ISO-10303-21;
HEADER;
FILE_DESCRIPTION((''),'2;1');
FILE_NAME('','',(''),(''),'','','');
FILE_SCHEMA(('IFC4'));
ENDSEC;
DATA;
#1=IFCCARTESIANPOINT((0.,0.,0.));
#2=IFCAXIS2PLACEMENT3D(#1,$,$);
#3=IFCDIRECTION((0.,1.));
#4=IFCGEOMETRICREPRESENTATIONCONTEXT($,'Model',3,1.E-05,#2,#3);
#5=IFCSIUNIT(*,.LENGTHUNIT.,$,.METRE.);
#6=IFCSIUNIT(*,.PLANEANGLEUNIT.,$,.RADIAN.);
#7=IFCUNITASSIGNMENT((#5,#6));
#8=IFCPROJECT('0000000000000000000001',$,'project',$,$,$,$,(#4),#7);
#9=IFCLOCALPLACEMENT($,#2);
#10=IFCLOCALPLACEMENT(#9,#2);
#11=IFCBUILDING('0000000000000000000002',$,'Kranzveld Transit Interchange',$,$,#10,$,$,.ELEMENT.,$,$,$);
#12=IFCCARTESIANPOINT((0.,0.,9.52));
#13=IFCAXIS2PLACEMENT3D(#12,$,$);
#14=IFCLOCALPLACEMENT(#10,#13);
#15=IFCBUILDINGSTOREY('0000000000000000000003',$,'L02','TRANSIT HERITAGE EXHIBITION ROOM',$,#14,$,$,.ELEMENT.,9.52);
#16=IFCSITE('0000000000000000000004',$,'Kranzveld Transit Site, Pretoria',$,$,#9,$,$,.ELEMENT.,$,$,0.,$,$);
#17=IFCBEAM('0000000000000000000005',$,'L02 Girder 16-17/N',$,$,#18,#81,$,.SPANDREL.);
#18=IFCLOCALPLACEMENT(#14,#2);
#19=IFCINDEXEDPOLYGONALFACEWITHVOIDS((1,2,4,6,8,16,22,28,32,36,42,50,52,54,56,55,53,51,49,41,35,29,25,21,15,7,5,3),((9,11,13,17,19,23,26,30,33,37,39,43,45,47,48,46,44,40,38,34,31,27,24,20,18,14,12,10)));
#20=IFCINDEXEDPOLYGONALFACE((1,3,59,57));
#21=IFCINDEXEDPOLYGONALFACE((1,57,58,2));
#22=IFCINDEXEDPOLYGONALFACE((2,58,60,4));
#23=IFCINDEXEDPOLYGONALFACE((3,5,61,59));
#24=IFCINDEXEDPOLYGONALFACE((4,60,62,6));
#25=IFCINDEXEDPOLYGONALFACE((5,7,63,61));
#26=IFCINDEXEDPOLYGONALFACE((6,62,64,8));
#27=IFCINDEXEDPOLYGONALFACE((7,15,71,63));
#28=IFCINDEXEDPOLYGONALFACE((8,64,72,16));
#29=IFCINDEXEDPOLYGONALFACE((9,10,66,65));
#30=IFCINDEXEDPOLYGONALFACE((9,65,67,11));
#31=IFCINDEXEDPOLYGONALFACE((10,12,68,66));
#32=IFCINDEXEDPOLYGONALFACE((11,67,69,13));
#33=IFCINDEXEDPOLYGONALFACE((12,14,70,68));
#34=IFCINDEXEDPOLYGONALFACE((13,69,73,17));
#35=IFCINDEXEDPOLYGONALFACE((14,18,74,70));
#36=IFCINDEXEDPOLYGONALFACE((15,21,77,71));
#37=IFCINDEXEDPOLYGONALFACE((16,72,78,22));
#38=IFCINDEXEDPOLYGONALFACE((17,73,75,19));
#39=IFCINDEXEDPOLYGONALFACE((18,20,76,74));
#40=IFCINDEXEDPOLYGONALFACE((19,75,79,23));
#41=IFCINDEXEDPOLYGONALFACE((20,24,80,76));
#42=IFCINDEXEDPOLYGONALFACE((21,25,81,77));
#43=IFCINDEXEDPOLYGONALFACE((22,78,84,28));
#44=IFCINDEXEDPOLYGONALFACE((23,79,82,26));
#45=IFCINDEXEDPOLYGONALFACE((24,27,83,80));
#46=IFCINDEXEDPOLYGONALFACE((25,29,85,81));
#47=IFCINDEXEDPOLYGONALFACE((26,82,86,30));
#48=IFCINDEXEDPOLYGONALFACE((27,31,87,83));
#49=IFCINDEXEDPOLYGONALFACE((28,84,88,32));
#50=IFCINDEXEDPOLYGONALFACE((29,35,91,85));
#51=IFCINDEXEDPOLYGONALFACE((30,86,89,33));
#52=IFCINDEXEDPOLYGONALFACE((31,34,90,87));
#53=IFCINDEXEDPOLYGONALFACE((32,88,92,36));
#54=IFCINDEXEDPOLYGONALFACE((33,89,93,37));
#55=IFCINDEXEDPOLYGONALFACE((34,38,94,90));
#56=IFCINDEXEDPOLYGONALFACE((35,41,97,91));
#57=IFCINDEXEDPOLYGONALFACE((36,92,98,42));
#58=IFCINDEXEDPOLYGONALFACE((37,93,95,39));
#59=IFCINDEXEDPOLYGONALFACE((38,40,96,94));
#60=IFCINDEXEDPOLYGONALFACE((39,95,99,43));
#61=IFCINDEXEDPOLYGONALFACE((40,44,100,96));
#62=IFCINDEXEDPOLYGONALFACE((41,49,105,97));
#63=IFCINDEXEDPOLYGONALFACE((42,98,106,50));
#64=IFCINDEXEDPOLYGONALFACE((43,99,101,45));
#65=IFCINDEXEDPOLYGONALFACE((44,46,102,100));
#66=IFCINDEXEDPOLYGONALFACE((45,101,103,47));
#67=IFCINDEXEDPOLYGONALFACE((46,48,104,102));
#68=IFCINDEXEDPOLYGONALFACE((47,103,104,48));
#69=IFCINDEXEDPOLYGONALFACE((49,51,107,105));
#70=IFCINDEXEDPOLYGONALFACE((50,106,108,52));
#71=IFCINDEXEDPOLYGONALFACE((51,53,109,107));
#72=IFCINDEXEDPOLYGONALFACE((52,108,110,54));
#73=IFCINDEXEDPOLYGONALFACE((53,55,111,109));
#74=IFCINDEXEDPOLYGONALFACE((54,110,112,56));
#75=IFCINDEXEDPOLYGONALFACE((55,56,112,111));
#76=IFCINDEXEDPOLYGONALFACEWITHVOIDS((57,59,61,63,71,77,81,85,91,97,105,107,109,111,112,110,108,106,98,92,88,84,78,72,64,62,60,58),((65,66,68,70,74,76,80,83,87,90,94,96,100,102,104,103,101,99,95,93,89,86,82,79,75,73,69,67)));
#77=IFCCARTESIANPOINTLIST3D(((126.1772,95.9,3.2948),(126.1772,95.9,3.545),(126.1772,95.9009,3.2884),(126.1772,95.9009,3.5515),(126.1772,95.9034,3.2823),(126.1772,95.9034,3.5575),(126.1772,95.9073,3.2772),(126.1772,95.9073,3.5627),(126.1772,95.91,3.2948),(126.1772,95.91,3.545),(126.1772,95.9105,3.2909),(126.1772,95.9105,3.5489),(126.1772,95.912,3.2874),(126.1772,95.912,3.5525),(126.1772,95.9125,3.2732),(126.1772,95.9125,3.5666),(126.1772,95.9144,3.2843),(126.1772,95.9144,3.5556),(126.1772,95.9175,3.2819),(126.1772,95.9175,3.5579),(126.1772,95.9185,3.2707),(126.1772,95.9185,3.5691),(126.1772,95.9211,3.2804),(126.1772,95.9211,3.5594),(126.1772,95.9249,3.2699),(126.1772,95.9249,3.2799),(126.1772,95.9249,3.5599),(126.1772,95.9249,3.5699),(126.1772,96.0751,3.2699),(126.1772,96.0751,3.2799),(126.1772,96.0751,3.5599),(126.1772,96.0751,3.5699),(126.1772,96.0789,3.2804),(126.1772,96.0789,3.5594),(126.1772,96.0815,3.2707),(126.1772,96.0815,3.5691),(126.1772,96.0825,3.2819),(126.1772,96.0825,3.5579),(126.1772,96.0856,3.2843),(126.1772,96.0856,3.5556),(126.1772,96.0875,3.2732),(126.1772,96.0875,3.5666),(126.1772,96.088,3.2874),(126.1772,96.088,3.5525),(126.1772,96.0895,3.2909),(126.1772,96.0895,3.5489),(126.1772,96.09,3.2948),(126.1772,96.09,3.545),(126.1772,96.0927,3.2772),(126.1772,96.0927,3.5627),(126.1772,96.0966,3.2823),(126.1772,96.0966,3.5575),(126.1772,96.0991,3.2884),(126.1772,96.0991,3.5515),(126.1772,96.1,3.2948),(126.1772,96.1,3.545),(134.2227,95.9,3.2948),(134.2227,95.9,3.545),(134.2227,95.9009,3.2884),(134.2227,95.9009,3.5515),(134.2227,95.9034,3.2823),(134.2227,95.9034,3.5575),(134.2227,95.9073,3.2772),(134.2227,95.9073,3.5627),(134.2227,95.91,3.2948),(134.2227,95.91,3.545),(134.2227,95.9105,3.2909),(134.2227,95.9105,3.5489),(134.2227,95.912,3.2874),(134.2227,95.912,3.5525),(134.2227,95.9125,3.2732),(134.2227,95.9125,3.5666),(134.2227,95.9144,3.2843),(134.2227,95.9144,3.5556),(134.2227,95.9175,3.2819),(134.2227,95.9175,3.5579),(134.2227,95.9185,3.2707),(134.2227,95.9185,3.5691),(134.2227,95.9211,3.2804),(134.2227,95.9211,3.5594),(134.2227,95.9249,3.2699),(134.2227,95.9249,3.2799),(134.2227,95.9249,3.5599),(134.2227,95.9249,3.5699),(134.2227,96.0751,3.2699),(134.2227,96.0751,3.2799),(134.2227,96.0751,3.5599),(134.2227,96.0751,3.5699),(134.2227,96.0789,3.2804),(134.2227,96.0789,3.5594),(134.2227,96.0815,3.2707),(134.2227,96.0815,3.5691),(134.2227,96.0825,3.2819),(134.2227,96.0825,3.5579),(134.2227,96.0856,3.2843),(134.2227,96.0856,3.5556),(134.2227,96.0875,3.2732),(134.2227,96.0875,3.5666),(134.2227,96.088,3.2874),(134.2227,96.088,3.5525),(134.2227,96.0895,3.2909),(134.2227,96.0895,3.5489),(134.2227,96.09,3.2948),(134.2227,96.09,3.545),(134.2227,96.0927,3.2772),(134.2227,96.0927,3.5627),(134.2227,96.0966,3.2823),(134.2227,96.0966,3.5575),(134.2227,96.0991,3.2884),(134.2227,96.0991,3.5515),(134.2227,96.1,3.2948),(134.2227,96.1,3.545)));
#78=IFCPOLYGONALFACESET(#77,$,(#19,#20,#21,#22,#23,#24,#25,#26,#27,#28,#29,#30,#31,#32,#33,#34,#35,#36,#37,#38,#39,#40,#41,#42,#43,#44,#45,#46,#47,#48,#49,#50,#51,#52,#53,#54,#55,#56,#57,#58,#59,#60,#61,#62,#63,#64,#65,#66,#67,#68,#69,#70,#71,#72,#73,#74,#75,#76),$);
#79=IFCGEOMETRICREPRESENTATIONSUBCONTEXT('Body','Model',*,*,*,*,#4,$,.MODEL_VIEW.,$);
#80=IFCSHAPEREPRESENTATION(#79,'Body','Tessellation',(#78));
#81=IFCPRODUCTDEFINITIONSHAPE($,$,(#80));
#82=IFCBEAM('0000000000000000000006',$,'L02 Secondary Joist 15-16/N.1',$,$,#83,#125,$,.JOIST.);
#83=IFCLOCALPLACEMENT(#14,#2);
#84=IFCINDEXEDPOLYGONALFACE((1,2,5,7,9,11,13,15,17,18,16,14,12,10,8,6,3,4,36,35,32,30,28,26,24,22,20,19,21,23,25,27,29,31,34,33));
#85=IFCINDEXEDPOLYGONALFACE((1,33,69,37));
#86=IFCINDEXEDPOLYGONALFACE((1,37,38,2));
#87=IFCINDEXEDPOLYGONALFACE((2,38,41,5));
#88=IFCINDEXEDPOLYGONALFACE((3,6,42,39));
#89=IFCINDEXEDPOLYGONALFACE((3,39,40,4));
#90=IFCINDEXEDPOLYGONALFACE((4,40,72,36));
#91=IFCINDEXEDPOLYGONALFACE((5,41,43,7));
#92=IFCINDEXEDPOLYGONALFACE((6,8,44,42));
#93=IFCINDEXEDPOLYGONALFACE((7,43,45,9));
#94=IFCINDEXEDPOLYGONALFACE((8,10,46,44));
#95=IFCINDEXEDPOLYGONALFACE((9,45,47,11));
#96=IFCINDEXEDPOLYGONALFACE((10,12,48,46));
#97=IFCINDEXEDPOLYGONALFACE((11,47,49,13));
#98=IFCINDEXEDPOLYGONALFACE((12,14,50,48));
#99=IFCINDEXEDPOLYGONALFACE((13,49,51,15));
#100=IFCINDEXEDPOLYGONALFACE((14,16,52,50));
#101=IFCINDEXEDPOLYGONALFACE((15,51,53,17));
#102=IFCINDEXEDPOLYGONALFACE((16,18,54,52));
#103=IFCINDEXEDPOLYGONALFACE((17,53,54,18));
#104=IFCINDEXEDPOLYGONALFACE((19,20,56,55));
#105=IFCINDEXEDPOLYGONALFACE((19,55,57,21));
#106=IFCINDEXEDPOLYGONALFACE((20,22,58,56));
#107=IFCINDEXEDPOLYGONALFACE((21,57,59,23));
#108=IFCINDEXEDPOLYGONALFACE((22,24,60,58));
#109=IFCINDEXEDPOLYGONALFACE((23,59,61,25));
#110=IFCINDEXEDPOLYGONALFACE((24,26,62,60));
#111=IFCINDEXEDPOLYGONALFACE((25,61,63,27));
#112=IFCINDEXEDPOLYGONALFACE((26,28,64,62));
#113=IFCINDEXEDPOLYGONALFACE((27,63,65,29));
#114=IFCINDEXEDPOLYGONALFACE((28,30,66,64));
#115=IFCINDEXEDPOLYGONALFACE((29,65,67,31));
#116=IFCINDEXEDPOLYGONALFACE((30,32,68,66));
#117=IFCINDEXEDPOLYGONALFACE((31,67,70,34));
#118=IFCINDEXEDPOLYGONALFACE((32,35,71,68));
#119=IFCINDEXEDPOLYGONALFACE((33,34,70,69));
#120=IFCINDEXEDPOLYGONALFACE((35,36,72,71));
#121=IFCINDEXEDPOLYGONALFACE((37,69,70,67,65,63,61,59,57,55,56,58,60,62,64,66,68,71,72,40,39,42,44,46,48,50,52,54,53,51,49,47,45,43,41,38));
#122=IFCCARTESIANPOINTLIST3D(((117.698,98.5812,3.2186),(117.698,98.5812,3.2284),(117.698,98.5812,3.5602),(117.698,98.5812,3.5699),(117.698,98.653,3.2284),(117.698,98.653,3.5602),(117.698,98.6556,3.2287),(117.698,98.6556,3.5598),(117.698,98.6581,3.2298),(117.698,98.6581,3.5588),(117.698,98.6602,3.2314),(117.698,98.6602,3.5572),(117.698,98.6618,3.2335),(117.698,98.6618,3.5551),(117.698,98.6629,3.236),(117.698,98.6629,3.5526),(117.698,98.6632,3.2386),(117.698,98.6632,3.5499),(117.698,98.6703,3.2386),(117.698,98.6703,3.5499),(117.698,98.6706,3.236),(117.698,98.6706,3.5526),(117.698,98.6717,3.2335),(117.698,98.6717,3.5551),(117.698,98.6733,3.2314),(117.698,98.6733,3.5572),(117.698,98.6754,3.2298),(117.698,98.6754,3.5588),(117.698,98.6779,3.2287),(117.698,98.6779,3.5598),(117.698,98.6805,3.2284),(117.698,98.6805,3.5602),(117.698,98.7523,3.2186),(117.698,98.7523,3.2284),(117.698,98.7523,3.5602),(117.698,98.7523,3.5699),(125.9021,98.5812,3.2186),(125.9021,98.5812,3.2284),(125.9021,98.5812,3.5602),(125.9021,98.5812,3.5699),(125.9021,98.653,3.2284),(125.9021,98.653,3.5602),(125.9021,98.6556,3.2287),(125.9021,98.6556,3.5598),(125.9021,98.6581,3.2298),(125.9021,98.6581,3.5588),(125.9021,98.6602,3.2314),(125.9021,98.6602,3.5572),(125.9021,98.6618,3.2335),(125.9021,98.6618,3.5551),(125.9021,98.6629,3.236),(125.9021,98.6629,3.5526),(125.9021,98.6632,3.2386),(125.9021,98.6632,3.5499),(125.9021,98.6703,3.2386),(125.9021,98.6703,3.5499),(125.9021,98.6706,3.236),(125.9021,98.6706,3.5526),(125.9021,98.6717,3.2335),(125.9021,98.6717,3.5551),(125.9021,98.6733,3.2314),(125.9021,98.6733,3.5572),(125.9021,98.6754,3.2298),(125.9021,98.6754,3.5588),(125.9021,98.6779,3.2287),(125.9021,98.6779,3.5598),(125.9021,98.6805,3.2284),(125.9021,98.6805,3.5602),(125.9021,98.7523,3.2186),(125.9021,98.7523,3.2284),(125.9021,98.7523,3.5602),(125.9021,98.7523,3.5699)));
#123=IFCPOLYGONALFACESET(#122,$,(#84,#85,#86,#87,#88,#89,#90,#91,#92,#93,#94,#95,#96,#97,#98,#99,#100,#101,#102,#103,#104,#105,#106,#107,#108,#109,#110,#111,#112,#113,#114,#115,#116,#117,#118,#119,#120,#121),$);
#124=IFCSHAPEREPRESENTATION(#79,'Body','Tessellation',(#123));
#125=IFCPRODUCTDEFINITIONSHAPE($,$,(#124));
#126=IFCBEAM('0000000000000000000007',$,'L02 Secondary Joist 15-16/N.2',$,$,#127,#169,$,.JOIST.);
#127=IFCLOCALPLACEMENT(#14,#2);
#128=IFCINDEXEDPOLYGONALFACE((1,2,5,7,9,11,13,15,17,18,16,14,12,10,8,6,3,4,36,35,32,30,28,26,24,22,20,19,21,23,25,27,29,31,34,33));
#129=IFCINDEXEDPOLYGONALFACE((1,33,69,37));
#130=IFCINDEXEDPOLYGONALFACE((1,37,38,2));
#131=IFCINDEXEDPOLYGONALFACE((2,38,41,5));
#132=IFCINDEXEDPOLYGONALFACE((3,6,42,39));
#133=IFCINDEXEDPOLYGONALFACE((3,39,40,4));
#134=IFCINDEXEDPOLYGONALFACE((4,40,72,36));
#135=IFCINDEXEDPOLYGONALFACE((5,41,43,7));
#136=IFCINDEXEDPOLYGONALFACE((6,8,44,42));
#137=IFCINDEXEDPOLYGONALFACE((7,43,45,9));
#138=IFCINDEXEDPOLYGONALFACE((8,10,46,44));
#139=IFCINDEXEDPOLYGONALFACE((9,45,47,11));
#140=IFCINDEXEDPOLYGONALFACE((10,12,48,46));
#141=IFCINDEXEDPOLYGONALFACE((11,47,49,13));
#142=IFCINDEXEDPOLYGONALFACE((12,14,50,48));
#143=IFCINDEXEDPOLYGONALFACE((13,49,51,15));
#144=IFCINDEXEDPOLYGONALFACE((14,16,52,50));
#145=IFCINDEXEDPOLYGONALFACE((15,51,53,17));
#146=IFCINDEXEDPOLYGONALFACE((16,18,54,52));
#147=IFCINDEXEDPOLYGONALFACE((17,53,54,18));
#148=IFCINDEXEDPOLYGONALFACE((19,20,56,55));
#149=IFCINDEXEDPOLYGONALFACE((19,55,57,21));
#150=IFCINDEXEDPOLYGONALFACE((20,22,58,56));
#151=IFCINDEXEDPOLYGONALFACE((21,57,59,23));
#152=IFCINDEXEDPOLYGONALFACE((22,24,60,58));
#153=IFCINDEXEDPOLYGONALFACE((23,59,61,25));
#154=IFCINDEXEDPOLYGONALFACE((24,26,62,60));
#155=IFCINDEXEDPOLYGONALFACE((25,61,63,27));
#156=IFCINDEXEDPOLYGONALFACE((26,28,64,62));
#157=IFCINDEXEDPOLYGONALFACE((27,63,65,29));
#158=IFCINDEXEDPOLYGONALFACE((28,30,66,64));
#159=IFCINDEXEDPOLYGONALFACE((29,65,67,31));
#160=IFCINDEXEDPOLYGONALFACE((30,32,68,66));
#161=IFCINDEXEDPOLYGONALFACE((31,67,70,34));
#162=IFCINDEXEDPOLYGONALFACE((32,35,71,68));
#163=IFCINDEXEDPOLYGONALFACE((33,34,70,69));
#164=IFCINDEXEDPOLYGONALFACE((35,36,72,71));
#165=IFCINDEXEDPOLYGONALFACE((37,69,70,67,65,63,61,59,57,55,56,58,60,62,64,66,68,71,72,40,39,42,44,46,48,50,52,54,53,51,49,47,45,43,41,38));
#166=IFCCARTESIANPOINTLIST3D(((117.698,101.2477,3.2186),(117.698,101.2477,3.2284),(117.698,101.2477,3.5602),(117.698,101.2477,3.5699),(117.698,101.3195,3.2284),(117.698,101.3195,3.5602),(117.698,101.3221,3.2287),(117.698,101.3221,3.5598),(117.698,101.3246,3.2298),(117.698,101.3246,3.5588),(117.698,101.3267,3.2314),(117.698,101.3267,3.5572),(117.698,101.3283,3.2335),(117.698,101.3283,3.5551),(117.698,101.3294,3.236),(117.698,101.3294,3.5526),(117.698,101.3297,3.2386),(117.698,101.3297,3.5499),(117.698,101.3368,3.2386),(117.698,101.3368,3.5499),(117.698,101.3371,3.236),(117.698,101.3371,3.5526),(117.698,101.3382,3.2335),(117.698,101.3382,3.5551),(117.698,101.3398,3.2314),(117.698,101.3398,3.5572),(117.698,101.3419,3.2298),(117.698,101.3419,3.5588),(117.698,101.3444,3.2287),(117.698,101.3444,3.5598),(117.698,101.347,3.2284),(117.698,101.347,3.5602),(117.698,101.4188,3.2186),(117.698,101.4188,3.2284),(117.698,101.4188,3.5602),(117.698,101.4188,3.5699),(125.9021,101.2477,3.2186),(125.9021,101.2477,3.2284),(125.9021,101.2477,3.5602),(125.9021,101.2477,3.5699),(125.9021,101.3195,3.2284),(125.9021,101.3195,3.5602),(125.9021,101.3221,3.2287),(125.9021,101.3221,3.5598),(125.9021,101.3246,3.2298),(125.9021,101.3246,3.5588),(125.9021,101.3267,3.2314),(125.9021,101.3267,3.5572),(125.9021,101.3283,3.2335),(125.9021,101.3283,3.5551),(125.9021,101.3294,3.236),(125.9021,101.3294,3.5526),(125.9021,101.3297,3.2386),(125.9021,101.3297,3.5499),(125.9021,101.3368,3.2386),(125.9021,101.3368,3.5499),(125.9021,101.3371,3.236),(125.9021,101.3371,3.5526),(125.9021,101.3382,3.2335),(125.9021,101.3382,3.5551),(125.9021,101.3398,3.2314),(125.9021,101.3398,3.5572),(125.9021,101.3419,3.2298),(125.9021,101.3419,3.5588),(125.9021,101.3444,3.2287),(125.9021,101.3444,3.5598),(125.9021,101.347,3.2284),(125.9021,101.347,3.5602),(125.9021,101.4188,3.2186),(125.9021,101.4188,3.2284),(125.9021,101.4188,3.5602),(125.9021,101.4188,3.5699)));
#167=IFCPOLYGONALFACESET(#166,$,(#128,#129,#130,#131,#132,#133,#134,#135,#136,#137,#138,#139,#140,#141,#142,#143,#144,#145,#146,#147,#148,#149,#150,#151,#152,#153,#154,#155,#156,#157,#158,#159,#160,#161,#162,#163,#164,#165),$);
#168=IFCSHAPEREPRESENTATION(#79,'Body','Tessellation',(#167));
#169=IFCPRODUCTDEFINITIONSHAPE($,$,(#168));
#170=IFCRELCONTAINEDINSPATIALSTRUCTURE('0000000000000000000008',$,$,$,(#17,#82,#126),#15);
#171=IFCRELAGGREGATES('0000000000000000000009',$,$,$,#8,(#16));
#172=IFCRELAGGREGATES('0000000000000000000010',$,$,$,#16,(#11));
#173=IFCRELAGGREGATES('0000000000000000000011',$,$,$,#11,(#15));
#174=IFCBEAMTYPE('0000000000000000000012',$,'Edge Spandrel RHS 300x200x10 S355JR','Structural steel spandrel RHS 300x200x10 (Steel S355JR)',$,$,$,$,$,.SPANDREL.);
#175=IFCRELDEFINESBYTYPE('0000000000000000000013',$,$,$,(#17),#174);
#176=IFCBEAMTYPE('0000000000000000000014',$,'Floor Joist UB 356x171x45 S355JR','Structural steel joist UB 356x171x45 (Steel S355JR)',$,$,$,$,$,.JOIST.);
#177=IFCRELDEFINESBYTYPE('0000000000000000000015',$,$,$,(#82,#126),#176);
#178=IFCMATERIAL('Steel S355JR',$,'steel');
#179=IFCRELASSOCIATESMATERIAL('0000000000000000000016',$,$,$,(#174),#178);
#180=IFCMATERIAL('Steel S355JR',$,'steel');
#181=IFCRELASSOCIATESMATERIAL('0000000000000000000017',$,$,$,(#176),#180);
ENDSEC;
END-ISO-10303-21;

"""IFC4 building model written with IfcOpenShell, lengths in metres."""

from ifc_helpers import new_model, si_unit, direction, frame, origin, origin_2d, place, context, subcontext, project, spatial, hollow_rectangle, i_section, extrude, material, material_profile, profile_set, type_object, element, save


model = new_model("IFC4")

# Units and contexts
model_context = context("Model", 3, precision=1e-05, world=origin(), true_north=direction((0.0, 1.0)))
body_context = subcontext(model_context, "Body", "Model", "MODEL_VIEW")
ifc_project = project(units=[si_unit("LENGTHUNIT", "METRE"), si_unit("PLANEANGLEUNIT", "RADIAN")], contexts=[model_context])

# Site, building, storey
site_placement = place(None, origin())
site = spatial("IfcSite", under=ifc_project, at=site_placement, Name="Kranzveld Transit Site, Pretoria", CompositionType="ELEMENT", RefElevation=0.0)
building_placement = place(site_placement, origin())
building = spatial("IfcBuilding", under=site, at=building_placement, Name="Kranzveld Transit Interchange", CompositionType="ELEMENT")
storey_placement = place(building_placement, frame((0.0, 0.0, 9.52)))
storey = spatial("IfcBuildingStorey", under=building, at=storey_placement, Name="L02", Description="TRANSIT HERITAGE EXHIBITION ROOM", CompositionType="ELEMENT", Elevation=9.52)

# Beams
ifc_material_1 = material(Name="Steel S355JR", Category="steel")
ifc_material_profile_1 = material_profile(ifc_material_1, hollow_rectangle(XDim=0.2, YDim=0.3, WallThickness=0.01, InnerFilletRadius=0.0149, OuterFilletRadius=0.0249, at=origin_2d()), Name="RHS 300x200x10")
ifc_profile_set_1 = profile_set([ifc_material_profile_1], Name="Steel S355JR")
beam_type_1 = type_object("IfcBeamType", Name="Edge Spandrel RHS 300x200x10 S355JR", Description="Structural steel spandrel RHS 300x200x10 (Steel S355JR)", PredefinedType="SPANDREL", material=ifc_profile_set_1)
beam_1_placement = place(storey_placement, frame((126.1772, 96.0, 3.4199), z_axis=(1.0, 0.0, 0.0), x_axis=(0.0, 1.0, 0.0)))
element("IfcBeam", 1, at=beam_1_placement, inside=storey, type_object=beam_type_1, Name="L02 Girder 16-17/N", PredefinedType="SPANDREL", context=body_context, shape_type="SweptSolid", body=[
    extrude(hollow_rectangle(XDim=0.2, YDim=0.3, WallThickness=0.01, InnerFilletRadius=0.0149, OuterFilletRadius=0.0249, at=origin_2d()), origin(), (0.0, 0.0, 1.0), 8.0454),
])
ifc_material_2 = material(Name="Steel S355JR", Category="steel")
ifc_material_profile_2 = material_profile(ifc_material_2, i_section(OverallWidth=0.1711, OverallDepth=0.3513, WebThickness=0.0071, FlangeThickness=0.0098, FilletRadius=0.0103, at=origin_2d()), Name="UB 356x171x45")
ifc_profile_set_2 = profile_set([ifc_material_profile_2], Name="Steel S355JR")
beam_type_2 = type_object("IfcBeamType", Name="Floor Joist UB 356x171x45 S355JR", Description="Structural steel joist UB 356x171x45 (Steel S355JR)", PredefinedType="JOIST", material=ifc_profile_set_2)
for number, where, z_axis, x_axis, name in (
    (2, (117.698, 98.6667, 3.3943), (1.0, 0.0, 0.0), (0.0, 1.0, 0.0), "L02 Secondary Joist 15-16/N.1"),
    (3, (117.698, 101.3333, 3.3943), (1.0, 0.0, 0.0), (0.0, 1.0, 0.0), "L02 Secondary Joist 15-16/N.2"),
):
    element("IfcBeam", number, at=place(storey_placement, frame(where, z_axis=z_axis, x_axis=x_axis)), inside=storey, type_object=beam_type_2, Name=name, PredefinedType="JOIST", context=body_context, shape_type="SweptSolid", body=[
        extrude(i_section(OverallWidth=0.1711, OverallDepth=0.3513, WebThickness=0.0071, FlangeThickness=0.0098, FilletRadius=0.0103, at=origin_2d()), origin(), (0.0, 0.0, 1.0), 8.2041),
    ])

save(model, "model.ifc")
